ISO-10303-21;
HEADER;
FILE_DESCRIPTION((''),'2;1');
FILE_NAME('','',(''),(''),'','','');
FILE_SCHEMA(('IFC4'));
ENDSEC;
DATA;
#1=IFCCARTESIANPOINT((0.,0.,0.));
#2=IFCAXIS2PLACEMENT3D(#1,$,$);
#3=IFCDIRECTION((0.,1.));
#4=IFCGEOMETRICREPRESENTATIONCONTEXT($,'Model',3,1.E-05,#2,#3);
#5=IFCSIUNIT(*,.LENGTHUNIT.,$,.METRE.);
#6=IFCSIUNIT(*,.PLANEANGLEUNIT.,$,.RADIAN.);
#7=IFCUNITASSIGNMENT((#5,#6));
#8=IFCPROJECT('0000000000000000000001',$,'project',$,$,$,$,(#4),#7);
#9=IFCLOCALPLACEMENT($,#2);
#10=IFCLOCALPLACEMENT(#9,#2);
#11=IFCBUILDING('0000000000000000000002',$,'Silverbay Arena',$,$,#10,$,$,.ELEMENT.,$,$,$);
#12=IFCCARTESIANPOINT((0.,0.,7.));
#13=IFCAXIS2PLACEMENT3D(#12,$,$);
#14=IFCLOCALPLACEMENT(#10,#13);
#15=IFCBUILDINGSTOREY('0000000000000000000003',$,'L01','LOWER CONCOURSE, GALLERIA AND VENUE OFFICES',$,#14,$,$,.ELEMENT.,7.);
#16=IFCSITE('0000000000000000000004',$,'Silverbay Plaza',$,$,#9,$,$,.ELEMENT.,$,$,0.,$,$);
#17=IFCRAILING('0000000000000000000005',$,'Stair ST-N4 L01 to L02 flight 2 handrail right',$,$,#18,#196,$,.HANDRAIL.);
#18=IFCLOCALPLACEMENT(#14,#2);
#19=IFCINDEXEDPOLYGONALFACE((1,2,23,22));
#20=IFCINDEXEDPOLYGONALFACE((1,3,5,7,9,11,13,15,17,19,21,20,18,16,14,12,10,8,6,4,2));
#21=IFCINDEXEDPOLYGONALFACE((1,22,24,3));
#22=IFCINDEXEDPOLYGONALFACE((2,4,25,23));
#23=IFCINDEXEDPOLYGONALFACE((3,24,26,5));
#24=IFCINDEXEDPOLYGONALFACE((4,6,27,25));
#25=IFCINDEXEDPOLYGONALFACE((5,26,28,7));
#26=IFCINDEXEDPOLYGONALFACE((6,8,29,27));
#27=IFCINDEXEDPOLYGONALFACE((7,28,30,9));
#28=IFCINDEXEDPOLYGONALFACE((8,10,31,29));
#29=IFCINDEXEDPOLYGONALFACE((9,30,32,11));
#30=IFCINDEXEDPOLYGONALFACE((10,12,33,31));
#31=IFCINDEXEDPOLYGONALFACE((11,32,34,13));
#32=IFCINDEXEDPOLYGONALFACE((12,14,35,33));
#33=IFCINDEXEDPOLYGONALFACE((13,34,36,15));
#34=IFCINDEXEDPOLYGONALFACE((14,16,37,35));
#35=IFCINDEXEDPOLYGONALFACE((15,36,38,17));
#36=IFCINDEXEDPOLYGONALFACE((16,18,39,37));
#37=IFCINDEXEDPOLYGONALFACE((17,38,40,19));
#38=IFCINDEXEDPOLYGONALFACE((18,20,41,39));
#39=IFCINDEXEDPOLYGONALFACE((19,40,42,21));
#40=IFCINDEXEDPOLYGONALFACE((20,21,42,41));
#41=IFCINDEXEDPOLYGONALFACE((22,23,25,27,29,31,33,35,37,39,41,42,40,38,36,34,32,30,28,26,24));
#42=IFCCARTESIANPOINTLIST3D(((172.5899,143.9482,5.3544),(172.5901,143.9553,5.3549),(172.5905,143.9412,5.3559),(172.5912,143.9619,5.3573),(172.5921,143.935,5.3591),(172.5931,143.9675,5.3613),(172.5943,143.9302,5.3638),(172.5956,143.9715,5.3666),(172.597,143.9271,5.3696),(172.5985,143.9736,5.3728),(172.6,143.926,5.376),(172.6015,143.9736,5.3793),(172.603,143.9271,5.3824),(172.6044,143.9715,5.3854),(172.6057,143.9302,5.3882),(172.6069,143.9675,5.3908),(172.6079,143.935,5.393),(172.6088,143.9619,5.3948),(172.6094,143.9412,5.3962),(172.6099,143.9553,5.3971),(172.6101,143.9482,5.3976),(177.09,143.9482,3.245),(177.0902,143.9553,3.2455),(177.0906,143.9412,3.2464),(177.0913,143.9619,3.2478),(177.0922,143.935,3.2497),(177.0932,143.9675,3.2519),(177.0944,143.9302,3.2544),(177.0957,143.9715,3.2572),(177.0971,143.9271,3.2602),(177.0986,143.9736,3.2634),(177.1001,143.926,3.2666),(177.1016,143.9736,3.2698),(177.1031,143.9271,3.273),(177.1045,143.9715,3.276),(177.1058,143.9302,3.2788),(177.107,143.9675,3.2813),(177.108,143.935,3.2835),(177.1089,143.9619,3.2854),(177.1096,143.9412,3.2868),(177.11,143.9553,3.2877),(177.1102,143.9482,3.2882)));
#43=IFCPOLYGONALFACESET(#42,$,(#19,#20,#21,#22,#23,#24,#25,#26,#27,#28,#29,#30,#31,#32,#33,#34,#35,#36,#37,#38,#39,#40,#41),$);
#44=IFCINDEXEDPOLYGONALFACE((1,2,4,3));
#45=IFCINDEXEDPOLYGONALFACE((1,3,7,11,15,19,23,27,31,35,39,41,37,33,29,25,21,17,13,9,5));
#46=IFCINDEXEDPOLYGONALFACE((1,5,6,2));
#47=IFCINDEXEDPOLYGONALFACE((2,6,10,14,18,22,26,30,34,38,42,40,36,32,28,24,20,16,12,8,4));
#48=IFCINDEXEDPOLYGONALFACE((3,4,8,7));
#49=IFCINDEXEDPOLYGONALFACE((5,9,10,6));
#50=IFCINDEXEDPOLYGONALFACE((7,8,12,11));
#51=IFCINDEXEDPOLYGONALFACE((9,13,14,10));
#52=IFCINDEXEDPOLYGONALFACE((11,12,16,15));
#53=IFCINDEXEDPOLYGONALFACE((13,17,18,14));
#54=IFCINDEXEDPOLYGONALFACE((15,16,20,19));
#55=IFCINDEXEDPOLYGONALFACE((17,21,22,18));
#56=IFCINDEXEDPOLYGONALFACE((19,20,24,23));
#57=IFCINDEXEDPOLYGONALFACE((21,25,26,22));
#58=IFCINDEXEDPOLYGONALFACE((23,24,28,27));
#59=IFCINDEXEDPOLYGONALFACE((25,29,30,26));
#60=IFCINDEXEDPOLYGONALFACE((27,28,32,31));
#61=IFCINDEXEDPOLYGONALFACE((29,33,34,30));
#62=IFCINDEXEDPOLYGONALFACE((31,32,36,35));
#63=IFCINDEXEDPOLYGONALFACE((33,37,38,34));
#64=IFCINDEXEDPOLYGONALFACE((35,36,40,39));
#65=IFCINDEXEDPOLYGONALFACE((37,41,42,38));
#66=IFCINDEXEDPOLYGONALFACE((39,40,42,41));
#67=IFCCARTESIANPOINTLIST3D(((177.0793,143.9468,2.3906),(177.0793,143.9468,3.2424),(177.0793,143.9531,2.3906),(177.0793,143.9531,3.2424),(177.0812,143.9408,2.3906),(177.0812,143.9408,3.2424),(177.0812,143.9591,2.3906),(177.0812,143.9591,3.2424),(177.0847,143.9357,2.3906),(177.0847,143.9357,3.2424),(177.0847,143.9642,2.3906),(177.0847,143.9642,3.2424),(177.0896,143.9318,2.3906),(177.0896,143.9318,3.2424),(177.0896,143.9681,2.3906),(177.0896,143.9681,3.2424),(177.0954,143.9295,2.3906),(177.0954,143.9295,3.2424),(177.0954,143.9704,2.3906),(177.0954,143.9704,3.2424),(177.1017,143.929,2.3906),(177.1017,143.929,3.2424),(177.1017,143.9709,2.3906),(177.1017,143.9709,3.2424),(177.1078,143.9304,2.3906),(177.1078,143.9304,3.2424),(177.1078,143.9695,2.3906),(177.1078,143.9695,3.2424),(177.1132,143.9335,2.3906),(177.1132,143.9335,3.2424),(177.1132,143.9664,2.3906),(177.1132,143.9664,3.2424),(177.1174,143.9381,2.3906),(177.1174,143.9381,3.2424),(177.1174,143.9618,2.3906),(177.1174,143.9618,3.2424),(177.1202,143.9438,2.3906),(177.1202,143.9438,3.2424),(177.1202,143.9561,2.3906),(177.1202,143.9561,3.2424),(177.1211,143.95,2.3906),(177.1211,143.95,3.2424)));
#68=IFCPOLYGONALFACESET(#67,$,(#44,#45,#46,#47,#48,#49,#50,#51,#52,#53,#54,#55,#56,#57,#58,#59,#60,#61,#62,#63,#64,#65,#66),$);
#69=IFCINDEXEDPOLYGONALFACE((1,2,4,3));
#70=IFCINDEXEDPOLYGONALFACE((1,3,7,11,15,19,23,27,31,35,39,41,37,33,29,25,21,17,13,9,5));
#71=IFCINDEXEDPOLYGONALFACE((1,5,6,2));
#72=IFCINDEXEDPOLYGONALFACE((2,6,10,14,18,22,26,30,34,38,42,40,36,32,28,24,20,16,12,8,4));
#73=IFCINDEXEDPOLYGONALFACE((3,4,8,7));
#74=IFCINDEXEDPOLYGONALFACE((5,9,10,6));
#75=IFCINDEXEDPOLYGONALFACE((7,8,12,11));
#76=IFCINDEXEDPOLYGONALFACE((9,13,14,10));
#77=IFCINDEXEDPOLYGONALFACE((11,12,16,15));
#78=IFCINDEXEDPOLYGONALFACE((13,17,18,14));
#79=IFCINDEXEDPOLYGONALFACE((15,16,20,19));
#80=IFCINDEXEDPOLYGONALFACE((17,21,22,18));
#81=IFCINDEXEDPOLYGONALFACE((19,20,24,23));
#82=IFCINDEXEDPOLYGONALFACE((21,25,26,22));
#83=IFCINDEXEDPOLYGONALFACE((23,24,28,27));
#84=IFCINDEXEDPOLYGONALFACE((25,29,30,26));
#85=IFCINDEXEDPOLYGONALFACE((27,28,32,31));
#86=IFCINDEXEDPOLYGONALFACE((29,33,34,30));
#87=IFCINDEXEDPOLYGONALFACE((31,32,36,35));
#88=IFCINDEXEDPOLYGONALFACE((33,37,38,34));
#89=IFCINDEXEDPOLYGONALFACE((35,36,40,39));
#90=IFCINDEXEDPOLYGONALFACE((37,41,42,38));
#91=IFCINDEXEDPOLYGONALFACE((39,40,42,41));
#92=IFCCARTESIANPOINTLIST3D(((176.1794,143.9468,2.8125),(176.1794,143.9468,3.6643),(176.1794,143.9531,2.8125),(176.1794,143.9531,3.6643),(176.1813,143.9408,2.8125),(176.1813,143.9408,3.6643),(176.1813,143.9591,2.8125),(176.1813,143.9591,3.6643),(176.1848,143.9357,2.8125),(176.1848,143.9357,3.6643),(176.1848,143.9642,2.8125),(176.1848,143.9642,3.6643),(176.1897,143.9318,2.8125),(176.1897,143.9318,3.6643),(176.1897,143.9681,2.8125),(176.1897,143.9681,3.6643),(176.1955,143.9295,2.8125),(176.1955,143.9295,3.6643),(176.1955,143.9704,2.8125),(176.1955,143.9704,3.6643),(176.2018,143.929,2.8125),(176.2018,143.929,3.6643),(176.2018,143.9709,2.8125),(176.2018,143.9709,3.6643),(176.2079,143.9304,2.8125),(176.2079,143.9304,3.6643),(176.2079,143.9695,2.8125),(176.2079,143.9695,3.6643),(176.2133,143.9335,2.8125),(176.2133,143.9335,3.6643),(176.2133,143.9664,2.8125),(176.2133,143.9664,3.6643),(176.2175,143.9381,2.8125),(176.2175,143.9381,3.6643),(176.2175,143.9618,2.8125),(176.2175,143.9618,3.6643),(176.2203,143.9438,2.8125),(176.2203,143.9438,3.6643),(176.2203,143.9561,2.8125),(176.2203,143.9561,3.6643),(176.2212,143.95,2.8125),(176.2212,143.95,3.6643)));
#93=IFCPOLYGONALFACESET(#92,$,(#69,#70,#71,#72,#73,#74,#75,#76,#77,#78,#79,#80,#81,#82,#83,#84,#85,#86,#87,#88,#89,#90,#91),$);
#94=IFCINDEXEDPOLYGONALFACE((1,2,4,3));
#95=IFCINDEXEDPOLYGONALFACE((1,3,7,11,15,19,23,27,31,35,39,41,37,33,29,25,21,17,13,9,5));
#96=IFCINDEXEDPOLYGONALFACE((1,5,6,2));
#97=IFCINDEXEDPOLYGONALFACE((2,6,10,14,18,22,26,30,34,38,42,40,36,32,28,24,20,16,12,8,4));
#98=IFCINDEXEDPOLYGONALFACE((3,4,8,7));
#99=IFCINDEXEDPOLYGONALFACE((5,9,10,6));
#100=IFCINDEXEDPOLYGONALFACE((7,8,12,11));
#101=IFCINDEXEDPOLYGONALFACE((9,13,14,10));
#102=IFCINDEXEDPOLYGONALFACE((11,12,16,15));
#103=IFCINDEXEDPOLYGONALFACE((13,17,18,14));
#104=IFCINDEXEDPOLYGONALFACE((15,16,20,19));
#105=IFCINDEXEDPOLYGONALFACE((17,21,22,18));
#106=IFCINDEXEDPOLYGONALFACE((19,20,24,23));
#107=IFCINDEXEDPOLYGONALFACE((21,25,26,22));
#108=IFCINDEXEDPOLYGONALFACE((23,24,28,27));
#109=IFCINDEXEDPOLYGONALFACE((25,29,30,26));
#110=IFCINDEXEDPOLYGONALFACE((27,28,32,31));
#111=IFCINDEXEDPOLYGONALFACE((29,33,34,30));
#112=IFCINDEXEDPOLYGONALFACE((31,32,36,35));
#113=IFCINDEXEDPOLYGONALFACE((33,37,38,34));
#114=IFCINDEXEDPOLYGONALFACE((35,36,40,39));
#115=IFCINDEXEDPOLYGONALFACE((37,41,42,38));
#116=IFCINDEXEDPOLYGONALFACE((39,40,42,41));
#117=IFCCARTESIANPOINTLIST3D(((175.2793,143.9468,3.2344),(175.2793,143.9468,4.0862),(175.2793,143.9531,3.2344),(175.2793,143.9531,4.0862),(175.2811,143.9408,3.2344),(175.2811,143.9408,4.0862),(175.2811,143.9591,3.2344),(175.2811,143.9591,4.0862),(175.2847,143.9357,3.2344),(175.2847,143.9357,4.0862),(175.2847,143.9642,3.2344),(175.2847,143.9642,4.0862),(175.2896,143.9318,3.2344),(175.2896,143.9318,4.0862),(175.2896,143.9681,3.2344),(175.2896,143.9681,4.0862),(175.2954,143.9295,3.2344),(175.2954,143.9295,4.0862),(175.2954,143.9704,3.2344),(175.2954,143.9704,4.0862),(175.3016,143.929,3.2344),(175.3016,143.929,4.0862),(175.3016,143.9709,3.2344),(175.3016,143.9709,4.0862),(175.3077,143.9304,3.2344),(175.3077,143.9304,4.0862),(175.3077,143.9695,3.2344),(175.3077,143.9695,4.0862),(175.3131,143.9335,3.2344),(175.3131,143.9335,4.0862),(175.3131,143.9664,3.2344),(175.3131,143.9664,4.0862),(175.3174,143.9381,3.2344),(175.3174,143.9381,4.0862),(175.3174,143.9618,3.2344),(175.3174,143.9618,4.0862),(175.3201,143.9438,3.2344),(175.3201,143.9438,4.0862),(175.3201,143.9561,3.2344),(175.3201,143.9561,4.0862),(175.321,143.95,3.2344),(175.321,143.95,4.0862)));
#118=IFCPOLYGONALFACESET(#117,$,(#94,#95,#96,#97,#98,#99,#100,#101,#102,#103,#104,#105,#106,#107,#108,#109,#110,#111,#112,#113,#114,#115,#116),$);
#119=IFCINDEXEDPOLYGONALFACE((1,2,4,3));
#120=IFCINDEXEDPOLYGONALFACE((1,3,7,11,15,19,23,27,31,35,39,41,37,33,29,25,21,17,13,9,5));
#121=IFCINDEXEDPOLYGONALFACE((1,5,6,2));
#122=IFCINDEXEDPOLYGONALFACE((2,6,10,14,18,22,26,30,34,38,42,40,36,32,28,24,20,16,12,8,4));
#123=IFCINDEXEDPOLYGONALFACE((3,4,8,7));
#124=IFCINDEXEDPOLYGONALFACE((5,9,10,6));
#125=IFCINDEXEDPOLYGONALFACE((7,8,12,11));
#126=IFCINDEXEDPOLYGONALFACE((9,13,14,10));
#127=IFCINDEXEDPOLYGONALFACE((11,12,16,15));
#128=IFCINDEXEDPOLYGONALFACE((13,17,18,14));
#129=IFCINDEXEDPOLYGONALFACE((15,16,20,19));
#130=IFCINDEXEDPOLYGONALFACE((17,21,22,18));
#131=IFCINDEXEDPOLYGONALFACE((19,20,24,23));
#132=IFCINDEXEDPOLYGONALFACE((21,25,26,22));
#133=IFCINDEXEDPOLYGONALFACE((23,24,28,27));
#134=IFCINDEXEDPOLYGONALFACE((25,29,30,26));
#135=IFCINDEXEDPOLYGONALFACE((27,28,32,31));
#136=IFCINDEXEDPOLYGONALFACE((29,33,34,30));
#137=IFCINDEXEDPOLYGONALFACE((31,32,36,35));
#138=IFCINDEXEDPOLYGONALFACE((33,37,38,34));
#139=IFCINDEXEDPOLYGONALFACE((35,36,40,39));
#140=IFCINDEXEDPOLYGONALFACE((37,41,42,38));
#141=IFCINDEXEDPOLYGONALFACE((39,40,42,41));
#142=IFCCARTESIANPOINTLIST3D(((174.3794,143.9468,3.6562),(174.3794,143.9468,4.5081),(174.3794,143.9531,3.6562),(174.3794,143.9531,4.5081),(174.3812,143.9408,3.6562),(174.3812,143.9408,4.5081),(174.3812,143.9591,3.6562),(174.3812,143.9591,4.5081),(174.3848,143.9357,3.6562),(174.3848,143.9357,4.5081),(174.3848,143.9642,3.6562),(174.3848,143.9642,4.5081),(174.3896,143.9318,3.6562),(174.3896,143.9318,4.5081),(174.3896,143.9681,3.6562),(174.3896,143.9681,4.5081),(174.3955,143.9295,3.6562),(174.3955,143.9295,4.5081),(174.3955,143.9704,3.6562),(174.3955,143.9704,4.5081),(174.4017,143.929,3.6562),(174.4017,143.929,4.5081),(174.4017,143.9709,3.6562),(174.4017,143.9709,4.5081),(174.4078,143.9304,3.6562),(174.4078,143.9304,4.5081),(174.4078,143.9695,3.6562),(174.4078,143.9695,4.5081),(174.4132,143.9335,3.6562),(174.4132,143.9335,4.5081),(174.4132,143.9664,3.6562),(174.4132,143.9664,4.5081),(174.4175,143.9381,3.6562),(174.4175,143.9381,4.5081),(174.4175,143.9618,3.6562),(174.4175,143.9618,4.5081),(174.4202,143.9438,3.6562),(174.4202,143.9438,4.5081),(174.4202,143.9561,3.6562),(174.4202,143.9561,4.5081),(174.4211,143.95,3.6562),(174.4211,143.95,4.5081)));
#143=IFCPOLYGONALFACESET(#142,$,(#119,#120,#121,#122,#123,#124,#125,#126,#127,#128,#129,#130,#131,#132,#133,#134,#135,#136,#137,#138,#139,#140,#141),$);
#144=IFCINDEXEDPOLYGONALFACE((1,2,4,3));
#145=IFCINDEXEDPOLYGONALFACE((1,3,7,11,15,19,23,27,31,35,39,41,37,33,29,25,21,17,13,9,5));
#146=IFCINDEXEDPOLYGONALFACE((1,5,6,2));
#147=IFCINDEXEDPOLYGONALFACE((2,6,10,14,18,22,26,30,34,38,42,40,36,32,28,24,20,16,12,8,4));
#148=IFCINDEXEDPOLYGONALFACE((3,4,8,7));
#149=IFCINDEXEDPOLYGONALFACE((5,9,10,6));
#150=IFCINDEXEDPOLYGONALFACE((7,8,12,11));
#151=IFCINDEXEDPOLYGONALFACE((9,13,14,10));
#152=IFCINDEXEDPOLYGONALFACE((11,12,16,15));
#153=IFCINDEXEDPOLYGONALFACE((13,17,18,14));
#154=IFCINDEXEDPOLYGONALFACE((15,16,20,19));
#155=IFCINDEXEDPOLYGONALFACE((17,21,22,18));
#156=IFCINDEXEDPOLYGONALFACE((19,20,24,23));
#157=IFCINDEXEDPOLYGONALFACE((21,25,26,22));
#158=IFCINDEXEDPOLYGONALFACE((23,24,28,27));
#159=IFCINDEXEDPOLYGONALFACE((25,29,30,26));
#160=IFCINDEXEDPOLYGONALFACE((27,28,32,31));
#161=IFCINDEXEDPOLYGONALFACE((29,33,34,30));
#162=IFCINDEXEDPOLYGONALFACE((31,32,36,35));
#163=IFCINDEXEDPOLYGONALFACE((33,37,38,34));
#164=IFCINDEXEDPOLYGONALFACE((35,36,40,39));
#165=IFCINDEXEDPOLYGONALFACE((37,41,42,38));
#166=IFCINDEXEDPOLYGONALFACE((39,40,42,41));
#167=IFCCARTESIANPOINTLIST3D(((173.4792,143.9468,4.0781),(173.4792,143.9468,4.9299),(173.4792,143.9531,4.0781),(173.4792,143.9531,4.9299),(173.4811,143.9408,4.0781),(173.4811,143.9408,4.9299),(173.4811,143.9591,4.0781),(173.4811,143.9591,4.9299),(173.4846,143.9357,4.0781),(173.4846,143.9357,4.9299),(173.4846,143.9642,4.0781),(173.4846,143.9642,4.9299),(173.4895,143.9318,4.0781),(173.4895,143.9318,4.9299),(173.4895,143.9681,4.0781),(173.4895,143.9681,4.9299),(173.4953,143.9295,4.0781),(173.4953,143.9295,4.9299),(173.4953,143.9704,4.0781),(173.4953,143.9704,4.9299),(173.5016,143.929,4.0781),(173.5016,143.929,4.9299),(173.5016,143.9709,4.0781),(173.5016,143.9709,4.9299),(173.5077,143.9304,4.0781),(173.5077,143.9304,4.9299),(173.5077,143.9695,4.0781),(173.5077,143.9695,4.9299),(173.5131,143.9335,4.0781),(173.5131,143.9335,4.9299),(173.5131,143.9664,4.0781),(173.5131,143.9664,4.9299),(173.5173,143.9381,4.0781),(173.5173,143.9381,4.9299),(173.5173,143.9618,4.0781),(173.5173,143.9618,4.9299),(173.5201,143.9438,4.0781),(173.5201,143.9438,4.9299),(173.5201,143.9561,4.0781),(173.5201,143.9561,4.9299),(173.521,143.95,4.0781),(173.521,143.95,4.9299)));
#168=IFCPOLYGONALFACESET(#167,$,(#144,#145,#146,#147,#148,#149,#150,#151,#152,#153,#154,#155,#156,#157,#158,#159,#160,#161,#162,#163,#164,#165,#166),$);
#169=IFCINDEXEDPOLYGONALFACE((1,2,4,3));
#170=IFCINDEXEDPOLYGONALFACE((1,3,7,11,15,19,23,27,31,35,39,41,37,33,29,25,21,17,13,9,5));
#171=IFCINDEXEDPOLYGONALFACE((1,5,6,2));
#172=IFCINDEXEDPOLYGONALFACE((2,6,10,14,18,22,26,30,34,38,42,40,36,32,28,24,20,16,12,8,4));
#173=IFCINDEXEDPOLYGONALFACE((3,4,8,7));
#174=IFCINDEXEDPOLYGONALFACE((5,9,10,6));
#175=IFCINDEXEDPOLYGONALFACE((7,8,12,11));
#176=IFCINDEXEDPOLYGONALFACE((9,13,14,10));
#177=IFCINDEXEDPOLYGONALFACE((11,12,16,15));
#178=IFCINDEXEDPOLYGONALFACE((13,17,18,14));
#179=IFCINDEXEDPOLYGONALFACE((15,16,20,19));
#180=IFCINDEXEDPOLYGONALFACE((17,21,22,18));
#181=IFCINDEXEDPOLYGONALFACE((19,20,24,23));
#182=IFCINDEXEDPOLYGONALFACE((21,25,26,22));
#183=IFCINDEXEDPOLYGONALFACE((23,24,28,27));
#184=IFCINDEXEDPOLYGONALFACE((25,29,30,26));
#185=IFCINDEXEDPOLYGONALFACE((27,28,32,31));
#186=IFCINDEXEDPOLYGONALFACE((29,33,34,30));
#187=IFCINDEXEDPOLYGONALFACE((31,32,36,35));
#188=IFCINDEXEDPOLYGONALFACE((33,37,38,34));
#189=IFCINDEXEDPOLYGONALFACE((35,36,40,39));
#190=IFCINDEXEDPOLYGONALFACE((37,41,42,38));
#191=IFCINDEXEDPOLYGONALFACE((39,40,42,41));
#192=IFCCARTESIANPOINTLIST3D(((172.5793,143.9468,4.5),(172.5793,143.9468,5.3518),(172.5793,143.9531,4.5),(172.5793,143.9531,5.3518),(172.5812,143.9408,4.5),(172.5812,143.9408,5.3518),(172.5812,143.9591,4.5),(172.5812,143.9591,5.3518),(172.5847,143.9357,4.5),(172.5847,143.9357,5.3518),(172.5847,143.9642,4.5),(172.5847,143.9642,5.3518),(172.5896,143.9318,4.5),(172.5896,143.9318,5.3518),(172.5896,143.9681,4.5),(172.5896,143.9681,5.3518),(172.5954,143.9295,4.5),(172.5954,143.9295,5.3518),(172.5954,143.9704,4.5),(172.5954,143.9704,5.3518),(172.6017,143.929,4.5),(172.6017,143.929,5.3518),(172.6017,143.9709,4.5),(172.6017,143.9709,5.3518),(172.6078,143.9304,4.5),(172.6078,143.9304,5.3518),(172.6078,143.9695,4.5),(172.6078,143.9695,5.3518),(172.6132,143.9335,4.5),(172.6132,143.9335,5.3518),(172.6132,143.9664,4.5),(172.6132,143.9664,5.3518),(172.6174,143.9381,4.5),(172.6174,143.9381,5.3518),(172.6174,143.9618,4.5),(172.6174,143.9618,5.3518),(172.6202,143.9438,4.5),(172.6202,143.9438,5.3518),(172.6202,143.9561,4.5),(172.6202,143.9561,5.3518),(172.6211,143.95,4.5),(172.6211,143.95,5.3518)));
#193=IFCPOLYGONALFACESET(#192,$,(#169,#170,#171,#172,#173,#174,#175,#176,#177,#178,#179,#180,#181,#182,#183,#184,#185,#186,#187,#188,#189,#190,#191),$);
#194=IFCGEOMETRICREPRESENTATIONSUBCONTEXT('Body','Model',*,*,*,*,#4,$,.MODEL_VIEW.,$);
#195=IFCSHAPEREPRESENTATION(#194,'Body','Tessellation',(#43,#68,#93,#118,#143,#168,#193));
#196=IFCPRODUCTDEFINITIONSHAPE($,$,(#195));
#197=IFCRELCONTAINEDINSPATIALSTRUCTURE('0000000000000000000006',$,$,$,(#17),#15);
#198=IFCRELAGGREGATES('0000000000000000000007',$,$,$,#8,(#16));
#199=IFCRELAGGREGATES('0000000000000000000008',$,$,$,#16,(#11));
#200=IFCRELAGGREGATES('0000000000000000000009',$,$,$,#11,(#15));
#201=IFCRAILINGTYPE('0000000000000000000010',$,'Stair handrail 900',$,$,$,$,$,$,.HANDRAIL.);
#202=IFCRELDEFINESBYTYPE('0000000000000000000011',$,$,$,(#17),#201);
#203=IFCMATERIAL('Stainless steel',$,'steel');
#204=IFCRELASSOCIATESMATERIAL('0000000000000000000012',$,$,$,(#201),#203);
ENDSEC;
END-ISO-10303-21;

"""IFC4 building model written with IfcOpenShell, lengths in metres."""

from ifc_helpers import new_model, si_unit, direction, frame, origin, origin_2d, place, context, subcontext, project, spatial, circle, extrude, material, type_object, element, save


model = new_model("IFC4")

# Units and contexts
model_context = context("Model", 3, precision=1e-05, world=origin(), true_north=direction((0.0, 1.0)))
body_context = subcontext(model_context, "Body", "Model", "MODEL_VIEW")
ifc_project = project(units=[si_unit("LENGTHUNIT", "METRE"), si_unit("PLANEANGLEUNIT", "RADIAN")], contexts=[model_context])

# Site, building, storey
site_placement = place(None, origin())
site = spatial("IfcSite", under=ifc_project, at=site_placement, Name="Silverbay Plaza", CompositionType="ELEMENT", RefElevation=0.0)
building_placement = place(site_placement, origin())
building = spatial("IfcBuilding", under=site, at=building_placement, Name="Silverbay Arena", CompositionType="ELEMENT")
storey_placement = place(building_placement, frame((0.0, 0.0, 7.0)))
storey = spatial("IfcBuildingStorey", under=building, at=storey_placement, Name="L01", Description="LOWER CONCOURSE, GALLERIA AND VENUE OFFICES", CompositionType="ELEMENT", Elevation=7.0)

# Railing
ifc_material_1 = material(Name="Stainless steel", Category="steel")
railing_type_1 = type_object("IfcRailingType", Name="Stair handrail 900", PredefinedType="HANDRAIL", material=ifc_material_1)
railing_1_placement = place(storey_placement, frame((177.1001, 143.95, 2.3906)))
element("IfcRailing", 1, at=railing_1_placement, inside=storey, type_object=railing_type_1, Name="Stair ST-N4 L01 to L02 flight 2 handrail right", PredefinedType="HANDRAIL", context=body_context, shape_type="SweptSolid", body=[
    extrude(circle(Radius=0.0239, at=origin_2d()), frame((0.0, 0.0, 0.876), z_axis=(-0.905459, 0.0, 0.424434), x_axis=(0.0, -1.0, 0.0)), (0.0, 0.0, 1.0), 4.97),
    extrude(circle(Radius=0.021, at=origin_2d()), origin(), (0.0, 0.0, 1.0), 0.8518),
    extrude(circle(Radius=0.021, at=origin_2d()), frame((-0.8999, 0.0, 0.4219)), (0.0, 0.0, 1.0), 0.8518),
    extrude(circle(Radius=0.021, at=origin_2d()), frame((-1.8, 0.0, 0.8438)), (0.0, 0.0, 1.0), 0.8518),
    extrude(circle(Radius=0.021, at=origin_2d()), frame((-2.7, 0.0, 1.2656)), (0.0, 0.0, 1.0), 0.8518),
    extrude(circle(Radius=0.021, at=origin_2d()), frame((-3.6001, 0.0, 1.6875)), (0.0, 0.0, 1.0), 0.8518),
    extrude(circle(Radius=0.021, at=origin_2d()), frame((-4.5, 0.0, 2.1094)), (0.0, 0.0, 1.0), 0.8518),
])

save(model, "model.ifc")
